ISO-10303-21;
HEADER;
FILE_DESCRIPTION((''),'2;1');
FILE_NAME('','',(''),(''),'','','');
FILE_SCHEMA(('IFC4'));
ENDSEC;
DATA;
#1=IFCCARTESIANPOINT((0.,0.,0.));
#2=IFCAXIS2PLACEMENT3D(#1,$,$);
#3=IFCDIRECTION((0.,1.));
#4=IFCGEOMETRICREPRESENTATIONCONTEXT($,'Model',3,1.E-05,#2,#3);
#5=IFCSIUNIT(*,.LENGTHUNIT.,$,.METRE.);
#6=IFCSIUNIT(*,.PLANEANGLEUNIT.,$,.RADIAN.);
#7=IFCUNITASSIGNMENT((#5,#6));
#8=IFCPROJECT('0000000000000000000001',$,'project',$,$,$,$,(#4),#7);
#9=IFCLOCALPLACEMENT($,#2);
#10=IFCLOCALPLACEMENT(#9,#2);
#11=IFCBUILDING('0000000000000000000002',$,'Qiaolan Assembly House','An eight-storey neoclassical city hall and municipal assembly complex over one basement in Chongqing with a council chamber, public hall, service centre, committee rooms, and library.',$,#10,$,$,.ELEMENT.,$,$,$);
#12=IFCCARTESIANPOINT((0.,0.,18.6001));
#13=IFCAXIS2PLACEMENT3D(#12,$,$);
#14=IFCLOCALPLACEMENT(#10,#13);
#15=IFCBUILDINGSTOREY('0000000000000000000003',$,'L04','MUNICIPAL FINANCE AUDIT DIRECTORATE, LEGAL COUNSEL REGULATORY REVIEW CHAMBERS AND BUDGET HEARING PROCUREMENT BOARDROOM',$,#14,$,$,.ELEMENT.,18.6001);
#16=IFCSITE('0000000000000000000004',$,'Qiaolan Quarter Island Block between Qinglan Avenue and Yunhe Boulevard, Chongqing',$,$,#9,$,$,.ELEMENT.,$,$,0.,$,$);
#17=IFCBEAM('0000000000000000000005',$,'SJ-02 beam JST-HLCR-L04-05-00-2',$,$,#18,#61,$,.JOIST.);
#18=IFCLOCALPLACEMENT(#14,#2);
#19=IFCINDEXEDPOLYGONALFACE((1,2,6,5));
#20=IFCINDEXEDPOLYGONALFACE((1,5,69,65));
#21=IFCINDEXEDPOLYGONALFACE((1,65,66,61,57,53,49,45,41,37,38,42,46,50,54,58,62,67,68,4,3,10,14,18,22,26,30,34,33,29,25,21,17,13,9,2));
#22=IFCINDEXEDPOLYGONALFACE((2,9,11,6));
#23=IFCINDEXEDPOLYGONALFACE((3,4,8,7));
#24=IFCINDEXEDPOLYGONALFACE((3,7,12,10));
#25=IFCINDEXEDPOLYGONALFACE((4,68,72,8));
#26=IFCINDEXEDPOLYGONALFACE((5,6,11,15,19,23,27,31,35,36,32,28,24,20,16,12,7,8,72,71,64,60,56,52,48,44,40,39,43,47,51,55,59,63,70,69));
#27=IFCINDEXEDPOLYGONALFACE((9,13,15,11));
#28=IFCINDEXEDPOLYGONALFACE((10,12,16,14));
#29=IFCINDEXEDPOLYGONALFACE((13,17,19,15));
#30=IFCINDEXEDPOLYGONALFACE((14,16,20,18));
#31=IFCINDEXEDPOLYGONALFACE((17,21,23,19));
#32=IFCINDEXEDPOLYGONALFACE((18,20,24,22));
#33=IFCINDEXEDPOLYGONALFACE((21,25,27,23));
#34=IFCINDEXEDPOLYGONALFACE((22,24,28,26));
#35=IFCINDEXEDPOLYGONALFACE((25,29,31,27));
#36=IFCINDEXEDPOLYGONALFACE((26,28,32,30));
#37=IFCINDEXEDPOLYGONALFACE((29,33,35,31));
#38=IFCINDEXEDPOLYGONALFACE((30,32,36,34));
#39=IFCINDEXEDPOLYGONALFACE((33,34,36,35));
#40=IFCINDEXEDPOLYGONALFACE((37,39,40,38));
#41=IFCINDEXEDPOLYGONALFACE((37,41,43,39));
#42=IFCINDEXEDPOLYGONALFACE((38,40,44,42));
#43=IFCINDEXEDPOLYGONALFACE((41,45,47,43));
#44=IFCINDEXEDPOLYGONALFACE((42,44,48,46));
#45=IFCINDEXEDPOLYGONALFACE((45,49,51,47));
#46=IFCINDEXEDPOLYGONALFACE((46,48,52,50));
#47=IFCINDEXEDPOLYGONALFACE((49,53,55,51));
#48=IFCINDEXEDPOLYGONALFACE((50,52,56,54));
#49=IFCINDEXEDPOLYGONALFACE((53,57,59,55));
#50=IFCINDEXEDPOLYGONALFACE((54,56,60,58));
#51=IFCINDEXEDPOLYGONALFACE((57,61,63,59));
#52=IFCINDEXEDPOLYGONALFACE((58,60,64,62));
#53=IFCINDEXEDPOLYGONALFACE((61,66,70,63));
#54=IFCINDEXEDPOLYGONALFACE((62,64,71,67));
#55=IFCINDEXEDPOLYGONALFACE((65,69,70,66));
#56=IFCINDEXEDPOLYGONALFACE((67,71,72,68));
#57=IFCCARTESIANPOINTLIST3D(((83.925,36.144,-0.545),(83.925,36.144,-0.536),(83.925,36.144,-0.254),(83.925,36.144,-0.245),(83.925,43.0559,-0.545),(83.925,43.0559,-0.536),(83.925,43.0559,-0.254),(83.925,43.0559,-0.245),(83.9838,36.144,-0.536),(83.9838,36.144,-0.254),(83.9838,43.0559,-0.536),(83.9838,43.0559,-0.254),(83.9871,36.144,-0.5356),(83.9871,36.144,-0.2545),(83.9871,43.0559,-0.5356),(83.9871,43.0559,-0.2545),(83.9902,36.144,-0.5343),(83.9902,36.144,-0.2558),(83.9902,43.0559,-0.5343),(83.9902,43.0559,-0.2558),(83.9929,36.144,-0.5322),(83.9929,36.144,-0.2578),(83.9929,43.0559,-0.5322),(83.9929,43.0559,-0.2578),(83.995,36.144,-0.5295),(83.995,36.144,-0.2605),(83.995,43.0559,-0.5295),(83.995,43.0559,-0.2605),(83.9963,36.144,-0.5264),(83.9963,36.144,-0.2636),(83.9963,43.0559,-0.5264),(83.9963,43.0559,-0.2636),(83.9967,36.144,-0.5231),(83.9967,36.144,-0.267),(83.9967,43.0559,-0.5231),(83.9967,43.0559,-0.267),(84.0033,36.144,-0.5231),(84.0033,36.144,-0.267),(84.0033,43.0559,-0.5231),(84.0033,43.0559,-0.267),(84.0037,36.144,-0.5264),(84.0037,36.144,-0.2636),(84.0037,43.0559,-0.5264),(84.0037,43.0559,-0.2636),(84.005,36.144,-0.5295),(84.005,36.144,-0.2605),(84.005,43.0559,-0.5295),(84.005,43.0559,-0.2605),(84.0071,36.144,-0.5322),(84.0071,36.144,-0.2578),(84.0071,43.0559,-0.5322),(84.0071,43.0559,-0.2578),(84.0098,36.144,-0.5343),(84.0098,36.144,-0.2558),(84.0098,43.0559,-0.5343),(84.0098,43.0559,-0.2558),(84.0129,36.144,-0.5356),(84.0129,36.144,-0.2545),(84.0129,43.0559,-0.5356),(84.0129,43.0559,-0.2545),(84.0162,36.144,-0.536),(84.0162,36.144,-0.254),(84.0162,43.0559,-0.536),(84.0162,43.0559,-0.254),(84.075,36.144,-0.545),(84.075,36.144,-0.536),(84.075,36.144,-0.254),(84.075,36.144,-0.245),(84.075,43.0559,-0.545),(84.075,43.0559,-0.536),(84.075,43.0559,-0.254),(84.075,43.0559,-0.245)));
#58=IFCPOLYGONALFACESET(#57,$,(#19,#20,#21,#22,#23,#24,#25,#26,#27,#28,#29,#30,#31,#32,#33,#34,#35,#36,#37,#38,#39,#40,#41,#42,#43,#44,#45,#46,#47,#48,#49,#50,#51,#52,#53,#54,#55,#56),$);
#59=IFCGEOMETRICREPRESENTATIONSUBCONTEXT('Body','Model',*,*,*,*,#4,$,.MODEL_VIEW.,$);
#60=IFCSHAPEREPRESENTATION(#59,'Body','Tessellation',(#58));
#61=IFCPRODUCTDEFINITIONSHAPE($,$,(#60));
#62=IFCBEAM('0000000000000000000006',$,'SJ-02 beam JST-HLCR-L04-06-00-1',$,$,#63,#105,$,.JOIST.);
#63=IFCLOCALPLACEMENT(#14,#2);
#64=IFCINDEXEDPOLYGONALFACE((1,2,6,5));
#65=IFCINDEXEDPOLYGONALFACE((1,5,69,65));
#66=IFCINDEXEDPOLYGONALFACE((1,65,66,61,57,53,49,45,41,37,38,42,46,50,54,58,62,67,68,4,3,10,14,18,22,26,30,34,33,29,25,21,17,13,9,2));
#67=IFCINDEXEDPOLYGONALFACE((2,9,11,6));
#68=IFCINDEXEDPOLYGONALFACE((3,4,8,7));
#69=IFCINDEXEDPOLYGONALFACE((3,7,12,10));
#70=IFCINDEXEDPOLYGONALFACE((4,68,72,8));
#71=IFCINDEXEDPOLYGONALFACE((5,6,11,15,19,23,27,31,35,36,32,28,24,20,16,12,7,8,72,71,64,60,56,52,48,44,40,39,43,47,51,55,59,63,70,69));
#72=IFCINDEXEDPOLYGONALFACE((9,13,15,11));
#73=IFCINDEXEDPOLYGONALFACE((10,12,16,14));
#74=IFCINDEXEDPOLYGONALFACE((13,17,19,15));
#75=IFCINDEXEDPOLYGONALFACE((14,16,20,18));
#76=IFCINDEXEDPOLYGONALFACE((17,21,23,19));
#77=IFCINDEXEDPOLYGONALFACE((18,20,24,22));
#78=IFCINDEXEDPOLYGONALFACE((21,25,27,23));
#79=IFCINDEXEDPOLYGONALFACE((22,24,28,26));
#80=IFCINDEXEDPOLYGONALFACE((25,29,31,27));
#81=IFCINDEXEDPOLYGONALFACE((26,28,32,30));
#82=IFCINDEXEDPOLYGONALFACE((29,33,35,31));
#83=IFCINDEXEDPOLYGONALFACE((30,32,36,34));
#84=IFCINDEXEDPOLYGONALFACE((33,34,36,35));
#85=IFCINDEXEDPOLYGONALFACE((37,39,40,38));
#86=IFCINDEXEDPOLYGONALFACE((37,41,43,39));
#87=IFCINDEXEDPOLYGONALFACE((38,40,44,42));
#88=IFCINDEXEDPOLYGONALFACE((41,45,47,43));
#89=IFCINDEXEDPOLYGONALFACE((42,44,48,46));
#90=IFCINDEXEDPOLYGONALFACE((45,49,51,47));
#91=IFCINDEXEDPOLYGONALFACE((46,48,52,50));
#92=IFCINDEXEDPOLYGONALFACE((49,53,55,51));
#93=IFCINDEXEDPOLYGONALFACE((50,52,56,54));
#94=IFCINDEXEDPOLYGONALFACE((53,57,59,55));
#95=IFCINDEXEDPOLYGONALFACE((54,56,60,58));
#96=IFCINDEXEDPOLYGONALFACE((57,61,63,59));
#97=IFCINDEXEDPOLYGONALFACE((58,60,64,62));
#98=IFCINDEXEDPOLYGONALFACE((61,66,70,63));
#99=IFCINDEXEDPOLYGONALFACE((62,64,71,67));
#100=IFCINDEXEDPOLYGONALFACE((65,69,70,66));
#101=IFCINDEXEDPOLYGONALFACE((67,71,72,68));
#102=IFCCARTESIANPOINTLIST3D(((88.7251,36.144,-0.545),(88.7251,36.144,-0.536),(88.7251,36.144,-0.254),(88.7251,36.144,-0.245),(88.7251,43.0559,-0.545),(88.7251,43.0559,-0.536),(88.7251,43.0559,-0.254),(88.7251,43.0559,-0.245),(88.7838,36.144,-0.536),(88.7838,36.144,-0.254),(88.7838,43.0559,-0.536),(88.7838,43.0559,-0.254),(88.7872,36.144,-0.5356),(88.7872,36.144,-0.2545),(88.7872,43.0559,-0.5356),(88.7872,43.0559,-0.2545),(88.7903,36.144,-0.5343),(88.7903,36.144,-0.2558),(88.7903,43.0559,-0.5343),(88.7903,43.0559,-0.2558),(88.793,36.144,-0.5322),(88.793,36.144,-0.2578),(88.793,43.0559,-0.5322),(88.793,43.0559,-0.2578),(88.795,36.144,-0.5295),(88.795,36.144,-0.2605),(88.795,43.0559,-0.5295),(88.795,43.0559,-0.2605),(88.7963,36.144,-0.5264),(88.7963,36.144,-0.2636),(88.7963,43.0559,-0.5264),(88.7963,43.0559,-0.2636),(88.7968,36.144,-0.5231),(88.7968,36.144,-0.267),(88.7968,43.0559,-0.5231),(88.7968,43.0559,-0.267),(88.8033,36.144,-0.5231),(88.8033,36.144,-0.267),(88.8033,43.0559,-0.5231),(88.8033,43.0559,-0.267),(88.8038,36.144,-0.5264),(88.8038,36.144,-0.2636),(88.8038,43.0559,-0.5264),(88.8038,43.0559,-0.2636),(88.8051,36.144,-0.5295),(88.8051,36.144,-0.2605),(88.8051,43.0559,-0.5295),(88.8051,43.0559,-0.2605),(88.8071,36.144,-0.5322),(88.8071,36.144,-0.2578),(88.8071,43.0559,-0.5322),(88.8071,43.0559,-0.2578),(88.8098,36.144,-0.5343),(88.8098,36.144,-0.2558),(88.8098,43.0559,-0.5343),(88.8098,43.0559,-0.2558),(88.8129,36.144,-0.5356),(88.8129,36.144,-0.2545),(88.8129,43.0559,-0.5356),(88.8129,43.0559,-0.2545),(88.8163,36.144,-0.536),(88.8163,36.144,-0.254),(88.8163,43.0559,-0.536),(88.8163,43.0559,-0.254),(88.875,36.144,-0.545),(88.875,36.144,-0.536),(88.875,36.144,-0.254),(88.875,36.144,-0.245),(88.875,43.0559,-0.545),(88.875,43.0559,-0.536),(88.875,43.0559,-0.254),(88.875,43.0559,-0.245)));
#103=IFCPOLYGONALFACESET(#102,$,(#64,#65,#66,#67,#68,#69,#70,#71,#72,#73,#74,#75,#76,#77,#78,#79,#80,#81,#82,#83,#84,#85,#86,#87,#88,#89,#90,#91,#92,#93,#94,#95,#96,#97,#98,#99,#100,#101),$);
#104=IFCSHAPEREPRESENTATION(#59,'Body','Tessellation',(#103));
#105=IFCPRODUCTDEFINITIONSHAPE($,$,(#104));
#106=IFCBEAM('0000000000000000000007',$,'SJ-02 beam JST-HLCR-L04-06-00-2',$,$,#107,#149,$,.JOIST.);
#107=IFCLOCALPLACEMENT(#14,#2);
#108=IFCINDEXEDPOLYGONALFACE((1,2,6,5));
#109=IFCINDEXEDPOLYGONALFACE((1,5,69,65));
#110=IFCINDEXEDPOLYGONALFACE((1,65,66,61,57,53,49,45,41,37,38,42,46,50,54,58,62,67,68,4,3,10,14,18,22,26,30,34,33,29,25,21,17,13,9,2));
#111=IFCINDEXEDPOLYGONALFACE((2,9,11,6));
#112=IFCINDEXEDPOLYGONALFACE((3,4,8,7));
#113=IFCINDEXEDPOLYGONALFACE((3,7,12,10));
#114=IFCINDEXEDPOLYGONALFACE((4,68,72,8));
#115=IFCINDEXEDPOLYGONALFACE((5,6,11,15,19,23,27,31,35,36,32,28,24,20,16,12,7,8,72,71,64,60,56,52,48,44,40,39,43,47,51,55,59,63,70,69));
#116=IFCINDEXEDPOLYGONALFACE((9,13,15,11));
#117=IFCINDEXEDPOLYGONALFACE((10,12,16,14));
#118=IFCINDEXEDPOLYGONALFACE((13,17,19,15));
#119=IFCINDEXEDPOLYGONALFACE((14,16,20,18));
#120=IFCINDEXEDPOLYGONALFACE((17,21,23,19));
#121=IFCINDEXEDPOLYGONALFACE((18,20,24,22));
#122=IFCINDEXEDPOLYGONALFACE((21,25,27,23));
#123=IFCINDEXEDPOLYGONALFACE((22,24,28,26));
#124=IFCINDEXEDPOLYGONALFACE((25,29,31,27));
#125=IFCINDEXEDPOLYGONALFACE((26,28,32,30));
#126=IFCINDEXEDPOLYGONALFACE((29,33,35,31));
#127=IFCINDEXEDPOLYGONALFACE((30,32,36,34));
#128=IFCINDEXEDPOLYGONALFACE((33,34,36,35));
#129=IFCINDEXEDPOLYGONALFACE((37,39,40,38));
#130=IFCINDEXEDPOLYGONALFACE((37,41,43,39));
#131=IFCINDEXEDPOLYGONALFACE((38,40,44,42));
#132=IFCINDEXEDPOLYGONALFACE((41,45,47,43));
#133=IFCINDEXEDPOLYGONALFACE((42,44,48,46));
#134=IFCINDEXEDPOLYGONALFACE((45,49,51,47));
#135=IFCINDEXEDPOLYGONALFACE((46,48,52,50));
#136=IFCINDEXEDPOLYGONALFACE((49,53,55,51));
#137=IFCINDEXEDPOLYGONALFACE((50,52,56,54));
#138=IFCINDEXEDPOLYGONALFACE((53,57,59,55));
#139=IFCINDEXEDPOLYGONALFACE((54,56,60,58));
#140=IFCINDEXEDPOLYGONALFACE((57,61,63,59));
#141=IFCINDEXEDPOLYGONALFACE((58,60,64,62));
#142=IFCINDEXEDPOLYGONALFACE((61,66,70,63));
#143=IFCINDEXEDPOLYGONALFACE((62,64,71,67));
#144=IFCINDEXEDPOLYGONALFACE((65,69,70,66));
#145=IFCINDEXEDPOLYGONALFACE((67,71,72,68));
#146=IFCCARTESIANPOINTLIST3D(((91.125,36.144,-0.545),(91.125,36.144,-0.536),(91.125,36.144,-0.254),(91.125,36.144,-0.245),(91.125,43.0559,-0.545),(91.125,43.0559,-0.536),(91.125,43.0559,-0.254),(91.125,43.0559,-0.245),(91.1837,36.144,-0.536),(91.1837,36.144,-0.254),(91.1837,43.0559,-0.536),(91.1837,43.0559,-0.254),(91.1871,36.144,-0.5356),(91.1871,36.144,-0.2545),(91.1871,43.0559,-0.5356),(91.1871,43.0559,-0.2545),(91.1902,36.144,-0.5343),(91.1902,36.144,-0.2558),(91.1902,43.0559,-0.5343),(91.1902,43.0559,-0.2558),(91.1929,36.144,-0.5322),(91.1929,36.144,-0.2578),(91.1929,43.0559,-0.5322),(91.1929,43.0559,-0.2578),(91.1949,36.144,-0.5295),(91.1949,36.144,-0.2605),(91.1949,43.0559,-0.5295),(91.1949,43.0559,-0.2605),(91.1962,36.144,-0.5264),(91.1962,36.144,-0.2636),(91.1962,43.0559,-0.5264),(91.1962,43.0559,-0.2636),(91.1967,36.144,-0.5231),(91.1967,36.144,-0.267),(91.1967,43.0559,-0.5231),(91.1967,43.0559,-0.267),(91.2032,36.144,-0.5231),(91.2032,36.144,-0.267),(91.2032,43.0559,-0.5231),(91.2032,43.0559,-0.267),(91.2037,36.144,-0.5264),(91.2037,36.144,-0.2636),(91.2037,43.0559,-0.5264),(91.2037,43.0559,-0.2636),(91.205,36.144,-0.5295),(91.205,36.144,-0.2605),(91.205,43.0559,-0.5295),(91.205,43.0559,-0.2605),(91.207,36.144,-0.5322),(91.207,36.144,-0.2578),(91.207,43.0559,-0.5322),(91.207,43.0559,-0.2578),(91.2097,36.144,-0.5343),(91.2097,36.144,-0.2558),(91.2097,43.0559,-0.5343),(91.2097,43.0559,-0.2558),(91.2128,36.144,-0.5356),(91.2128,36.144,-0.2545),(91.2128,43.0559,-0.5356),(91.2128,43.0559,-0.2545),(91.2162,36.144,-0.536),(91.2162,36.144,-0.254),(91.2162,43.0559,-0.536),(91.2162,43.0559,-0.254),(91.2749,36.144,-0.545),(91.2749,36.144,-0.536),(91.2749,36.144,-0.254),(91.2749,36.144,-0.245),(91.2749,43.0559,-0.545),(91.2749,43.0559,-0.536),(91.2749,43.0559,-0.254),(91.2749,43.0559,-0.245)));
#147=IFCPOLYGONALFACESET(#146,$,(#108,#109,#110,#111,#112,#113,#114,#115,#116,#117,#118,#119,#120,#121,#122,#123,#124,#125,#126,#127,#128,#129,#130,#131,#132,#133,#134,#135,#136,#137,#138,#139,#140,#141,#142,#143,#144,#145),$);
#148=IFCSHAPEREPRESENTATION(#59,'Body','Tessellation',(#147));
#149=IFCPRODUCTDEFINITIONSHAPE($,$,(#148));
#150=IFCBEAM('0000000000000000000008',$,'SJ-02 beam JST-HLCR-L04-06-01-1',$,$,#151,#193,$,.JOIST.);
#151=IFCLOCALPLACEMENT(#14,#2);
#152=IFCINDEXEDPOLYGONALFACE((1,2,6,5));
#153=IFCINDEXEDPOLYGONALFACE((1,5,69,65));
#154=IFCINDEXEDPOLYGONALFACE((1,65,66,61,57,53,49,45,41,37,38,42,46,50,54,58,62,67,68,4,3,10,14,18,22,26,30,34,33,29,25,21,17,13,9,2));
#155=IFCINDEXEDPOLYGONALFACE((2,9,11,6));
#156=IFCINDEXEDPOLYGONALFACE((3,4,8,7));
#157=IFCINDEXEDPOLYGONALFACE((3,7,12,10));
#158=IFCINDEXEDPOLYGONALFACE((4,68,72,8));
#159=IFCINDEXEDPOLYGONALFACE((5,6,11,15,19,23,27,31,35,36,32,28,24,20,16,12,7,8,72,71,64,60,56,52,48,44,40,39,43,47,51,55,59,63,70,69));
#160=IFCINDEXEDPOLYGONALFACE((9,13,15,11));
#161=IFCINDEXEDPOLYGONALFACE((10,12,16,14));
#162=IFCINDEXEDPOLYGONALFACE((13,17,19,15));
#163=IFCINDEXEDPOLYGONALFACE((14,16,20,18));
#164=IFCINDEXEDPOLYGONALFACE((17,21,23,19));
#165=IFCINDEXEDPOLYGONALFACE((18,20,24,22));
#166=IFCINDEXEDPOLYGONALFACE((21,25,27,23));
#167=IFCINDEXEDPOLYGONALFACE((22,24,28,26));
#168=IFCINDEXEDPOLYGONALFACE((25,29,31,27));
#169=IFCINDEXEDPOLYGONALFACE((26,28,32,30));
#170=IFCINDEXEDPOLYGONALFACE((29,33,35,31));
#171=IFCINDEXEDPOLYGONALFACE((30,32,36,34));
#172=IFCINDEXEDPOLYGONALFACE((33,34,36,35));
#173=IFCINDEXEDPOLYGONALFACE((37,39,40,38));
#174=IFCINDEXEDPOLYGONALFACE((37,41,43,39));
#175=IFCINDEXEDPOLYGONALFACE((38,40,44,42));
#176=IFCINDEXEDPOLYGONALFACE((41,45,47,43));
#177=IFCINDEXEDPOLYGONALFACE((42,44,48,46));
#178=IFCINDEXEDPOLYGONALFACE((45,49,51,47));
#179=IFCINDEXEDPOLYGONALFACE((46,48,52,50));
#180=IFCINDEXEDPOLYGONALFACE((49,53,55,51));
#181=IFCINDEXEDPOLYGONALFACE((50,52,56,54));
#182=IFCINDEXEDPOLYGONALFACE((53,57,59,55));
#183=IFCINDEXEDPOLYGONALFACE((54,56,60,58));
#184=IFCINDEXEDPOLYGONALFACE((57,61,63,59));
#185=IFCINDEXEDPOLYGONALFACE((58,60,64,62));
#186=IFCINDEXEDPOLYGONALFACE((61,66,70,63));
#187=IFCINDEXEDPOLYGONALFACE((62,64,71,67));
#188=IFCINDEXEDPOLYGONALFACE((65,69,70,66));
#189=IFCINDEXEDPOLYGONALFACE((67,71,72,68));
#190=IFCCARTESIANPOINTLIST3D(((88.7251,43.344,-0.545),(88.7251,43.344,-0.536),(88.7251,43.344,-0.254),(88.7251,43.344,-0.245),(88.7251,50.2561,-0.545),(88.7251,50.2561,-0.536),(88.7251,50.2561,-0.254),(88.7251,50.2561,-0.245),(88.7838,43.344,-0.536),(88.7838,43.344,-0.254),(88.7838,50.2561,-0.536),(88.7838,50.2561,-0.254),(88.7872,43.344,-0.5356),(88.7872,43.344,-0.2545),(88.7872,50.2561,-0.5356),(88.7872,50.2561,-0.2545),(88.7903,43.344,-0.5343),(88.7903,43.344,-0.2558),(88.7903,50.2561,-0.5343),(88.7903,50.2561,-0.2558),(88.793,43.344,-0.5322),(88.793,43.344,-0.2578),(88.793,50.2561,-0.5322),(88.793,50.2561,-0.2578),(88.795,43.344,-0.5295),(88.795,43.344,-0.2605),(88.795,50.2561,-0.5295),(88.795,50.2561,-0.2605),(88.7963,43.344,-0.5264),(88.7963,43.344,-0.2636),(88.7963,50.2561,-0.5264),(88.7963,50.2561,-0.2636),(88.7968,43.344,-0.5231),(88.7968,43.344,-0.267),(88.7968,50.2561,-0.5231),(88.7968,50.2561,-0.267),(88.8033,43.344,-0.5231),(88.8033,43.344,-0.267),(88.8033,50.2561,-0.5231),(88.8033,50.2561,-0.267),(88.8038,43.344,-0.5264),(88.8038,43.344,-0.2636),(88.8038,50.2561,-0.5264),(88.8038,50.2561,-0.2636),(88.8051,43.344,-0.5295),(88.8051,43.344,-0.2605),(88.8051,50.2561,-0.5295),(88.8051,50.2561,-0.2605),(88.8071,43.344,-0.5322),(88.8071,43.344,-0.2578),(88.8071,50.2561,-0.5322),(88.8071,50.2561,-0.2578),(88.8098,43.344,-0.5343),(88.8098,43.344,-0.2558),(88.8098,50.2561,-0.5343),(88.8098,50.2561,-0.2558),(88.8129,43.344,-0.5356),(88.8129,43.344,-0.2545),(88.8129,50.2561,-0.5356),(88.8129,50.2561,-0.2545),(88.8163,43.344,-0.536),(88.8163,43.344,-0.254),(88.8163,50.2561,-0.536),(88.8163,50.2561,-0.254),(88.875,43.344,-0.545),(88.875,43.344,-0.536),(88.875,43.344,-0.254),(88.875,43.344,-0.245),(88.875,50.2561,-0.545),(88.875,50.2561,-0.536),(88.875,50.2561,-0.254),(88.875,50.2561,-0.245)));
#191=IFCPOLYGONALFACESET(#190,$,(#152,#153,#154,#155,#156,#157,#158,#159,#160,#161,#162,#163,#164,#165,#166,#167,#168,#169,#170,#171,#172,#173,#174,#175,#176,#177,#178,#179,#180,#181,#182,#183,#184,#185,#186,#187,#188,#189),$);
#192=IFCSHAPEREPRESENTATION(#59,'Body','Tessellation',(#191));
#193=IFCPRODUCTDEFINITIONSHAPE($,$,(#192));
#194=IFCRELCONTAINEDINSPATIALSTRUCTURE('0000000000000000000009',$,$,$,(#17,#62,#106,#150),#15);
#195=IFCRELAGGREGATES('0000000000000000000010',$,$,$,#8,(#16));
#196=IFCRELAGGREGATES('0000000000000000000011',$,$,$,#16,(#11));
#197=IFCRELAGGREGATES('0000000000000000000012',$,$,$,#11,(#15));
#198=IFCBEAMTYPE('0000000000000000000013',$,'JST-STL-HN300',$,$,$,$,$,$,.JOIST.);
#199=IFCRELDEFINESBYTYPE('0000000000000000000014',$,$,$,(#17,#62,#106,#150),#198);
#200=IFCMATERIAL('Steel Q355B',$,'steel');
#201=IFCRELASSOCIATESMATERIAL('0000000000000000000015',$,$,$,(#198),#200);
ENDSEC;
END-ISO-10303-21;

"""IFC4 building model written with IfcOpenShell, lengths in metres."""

from ifc_helpers import new_model, si_unit, direction, frame, origin, origin_2d, place, context, subcontext, project, spatial, i_section, extrude, material, material_profile, profile_set, type_object, element, save


model = new_model("IFC4")

# Units and contexts
model_context = context("Model", 3, precision=1e-05, world=origin(), true_north=direction((0.0, 1.0)))
body_context = subcontext(model_context, "Body", "Model", "MODEL_VIEW")
ifc_project = project(units=[si_unit("LENGTHUNIT", "METRE"), si_unit("PLANEANGLEUNIT", "RADIAN")], contexts=[model_context])

# Site, building, storey
site_placement = place(None, origin())
site = spatial("IfcSite", under=ifc_project, at=site_placement, Name="Qiaolan Quarter Island Block between Qinglan Avenue and Yunhe Boulevard, Chongqing", CompositionType="ELEMENT", RefElevation=0.0)
building_placement = place(site_placement, origin())
building = spatial("IfcBuilding", under=site, at=building_placement, Name="Qiaolan Assembly House", Description="An eight-storey neoclassical city hall and municipal assembly complex over one basement in Chongqing with a council chamber, public hall, service centre, committee rooms, and library.", CompositionType="ELEMENT")
storey_placement = place(building_placement, frame((0.0, 0.0, 18.6001)))
storey = spatial("IfcBuildingStorey", under=building, at=storey_placement, Name="L04", Description="MUNICIPAL FINANCE AUDIT DIRECTORATE, LEGAL COUNSEL REGULATORY REVIEW CHAMBERS AND BUDGET HEARING PROCUREMENT BOARDROOM", CompositionType="ELEMENT", Elevation=18.6001)

# Beams
ifc_material_1 = material(Name="Steel Q355B", Category="steel")
ifc_material_profile_1 = material_profile(ifc_material_1, i_section(OverallWidth=0.1499, OverallDepth=0.3, WebThickness=0.0066, FlangeThickness=0.009, FilletRadius=0.0129, at=origin_2d()), Name="HN 300x150x6.5x9")
ifc_profile_set_1 = profile_set([ifc_material_profile_1], Name="Steel Q355B")
beam_type_1 = type_object("IfcBeamType", Name="JST-STL-HN300", PredefinedType="JOIST", material=ifc_profile_set_1)
for number, where, z_axis, x_axis, name in (
    (1, (84.0, 36.144, -0.395), (0.0, 1.0, 0.0), (-1.0, 0.0, 0.0), "SJ-02 beam JST-HLCR-L04-05-00-2"),
    (2, (88.8, 36.144, -0.395), (0.0, 1.0, 0.0), (-1.0, 0.0, 0.0), "SJ-02 beam JST-HLCR-L04-06-00-1"),
    (3, (91.2, 36.144, -0.395), (0.0, 1.0, 0.0), (-1.0, 0.0, 0.0), "SJ-02 beam JST-HLCR-L04-06-00-2"),
):
    element("IfcBeam", number, at=place(storey_placement, frame(where, z_axis=z_axis, x_axis=x_axis)), inside=storey, type_object=beam_type_1, Name=name, PredefinedType="JOIST", context=body_context, shape_type="SweptSolid", body=[
        extrude(i_section(OverallWidth=0.1499, OverallDepth=0.3, WebThickness=0.0066, FlangeThickness=0.009, FilletRadius=0.0129, at=origin_2d()), origin(), (0.0, 0.0, 1.0), 6.9119),
    ])
for number, where, z_axis, x_axis, name in (
    (4, (88.8, 43.344, -0.395), (0.0, 1.0, 0.0), (-1.0, 0.0, 0.0), "SJ-02 beam JST-HLCR-L04-06-01-1"),
):
    element("IfcBeam", number, at=place(storey_placement, frame(where, z_axis=z_axis, x_axis=x_axis)), inside=storey, type_object=beam_type_1, Name=name, PredefinedType="JOIST", context=body_context, shape_type="SweptSolid", body=[
        extrude(i_section(OverallWidth=0.1499, OverallDepth=0.3, WebThickness=0.0066, FlangeThickness=0.009, FilletRadius=0.0129, at=origin_2d()), origin(), (0.0, 0.0, 1.0), 6.9121),
    ])

save(model, "model.ifc")
